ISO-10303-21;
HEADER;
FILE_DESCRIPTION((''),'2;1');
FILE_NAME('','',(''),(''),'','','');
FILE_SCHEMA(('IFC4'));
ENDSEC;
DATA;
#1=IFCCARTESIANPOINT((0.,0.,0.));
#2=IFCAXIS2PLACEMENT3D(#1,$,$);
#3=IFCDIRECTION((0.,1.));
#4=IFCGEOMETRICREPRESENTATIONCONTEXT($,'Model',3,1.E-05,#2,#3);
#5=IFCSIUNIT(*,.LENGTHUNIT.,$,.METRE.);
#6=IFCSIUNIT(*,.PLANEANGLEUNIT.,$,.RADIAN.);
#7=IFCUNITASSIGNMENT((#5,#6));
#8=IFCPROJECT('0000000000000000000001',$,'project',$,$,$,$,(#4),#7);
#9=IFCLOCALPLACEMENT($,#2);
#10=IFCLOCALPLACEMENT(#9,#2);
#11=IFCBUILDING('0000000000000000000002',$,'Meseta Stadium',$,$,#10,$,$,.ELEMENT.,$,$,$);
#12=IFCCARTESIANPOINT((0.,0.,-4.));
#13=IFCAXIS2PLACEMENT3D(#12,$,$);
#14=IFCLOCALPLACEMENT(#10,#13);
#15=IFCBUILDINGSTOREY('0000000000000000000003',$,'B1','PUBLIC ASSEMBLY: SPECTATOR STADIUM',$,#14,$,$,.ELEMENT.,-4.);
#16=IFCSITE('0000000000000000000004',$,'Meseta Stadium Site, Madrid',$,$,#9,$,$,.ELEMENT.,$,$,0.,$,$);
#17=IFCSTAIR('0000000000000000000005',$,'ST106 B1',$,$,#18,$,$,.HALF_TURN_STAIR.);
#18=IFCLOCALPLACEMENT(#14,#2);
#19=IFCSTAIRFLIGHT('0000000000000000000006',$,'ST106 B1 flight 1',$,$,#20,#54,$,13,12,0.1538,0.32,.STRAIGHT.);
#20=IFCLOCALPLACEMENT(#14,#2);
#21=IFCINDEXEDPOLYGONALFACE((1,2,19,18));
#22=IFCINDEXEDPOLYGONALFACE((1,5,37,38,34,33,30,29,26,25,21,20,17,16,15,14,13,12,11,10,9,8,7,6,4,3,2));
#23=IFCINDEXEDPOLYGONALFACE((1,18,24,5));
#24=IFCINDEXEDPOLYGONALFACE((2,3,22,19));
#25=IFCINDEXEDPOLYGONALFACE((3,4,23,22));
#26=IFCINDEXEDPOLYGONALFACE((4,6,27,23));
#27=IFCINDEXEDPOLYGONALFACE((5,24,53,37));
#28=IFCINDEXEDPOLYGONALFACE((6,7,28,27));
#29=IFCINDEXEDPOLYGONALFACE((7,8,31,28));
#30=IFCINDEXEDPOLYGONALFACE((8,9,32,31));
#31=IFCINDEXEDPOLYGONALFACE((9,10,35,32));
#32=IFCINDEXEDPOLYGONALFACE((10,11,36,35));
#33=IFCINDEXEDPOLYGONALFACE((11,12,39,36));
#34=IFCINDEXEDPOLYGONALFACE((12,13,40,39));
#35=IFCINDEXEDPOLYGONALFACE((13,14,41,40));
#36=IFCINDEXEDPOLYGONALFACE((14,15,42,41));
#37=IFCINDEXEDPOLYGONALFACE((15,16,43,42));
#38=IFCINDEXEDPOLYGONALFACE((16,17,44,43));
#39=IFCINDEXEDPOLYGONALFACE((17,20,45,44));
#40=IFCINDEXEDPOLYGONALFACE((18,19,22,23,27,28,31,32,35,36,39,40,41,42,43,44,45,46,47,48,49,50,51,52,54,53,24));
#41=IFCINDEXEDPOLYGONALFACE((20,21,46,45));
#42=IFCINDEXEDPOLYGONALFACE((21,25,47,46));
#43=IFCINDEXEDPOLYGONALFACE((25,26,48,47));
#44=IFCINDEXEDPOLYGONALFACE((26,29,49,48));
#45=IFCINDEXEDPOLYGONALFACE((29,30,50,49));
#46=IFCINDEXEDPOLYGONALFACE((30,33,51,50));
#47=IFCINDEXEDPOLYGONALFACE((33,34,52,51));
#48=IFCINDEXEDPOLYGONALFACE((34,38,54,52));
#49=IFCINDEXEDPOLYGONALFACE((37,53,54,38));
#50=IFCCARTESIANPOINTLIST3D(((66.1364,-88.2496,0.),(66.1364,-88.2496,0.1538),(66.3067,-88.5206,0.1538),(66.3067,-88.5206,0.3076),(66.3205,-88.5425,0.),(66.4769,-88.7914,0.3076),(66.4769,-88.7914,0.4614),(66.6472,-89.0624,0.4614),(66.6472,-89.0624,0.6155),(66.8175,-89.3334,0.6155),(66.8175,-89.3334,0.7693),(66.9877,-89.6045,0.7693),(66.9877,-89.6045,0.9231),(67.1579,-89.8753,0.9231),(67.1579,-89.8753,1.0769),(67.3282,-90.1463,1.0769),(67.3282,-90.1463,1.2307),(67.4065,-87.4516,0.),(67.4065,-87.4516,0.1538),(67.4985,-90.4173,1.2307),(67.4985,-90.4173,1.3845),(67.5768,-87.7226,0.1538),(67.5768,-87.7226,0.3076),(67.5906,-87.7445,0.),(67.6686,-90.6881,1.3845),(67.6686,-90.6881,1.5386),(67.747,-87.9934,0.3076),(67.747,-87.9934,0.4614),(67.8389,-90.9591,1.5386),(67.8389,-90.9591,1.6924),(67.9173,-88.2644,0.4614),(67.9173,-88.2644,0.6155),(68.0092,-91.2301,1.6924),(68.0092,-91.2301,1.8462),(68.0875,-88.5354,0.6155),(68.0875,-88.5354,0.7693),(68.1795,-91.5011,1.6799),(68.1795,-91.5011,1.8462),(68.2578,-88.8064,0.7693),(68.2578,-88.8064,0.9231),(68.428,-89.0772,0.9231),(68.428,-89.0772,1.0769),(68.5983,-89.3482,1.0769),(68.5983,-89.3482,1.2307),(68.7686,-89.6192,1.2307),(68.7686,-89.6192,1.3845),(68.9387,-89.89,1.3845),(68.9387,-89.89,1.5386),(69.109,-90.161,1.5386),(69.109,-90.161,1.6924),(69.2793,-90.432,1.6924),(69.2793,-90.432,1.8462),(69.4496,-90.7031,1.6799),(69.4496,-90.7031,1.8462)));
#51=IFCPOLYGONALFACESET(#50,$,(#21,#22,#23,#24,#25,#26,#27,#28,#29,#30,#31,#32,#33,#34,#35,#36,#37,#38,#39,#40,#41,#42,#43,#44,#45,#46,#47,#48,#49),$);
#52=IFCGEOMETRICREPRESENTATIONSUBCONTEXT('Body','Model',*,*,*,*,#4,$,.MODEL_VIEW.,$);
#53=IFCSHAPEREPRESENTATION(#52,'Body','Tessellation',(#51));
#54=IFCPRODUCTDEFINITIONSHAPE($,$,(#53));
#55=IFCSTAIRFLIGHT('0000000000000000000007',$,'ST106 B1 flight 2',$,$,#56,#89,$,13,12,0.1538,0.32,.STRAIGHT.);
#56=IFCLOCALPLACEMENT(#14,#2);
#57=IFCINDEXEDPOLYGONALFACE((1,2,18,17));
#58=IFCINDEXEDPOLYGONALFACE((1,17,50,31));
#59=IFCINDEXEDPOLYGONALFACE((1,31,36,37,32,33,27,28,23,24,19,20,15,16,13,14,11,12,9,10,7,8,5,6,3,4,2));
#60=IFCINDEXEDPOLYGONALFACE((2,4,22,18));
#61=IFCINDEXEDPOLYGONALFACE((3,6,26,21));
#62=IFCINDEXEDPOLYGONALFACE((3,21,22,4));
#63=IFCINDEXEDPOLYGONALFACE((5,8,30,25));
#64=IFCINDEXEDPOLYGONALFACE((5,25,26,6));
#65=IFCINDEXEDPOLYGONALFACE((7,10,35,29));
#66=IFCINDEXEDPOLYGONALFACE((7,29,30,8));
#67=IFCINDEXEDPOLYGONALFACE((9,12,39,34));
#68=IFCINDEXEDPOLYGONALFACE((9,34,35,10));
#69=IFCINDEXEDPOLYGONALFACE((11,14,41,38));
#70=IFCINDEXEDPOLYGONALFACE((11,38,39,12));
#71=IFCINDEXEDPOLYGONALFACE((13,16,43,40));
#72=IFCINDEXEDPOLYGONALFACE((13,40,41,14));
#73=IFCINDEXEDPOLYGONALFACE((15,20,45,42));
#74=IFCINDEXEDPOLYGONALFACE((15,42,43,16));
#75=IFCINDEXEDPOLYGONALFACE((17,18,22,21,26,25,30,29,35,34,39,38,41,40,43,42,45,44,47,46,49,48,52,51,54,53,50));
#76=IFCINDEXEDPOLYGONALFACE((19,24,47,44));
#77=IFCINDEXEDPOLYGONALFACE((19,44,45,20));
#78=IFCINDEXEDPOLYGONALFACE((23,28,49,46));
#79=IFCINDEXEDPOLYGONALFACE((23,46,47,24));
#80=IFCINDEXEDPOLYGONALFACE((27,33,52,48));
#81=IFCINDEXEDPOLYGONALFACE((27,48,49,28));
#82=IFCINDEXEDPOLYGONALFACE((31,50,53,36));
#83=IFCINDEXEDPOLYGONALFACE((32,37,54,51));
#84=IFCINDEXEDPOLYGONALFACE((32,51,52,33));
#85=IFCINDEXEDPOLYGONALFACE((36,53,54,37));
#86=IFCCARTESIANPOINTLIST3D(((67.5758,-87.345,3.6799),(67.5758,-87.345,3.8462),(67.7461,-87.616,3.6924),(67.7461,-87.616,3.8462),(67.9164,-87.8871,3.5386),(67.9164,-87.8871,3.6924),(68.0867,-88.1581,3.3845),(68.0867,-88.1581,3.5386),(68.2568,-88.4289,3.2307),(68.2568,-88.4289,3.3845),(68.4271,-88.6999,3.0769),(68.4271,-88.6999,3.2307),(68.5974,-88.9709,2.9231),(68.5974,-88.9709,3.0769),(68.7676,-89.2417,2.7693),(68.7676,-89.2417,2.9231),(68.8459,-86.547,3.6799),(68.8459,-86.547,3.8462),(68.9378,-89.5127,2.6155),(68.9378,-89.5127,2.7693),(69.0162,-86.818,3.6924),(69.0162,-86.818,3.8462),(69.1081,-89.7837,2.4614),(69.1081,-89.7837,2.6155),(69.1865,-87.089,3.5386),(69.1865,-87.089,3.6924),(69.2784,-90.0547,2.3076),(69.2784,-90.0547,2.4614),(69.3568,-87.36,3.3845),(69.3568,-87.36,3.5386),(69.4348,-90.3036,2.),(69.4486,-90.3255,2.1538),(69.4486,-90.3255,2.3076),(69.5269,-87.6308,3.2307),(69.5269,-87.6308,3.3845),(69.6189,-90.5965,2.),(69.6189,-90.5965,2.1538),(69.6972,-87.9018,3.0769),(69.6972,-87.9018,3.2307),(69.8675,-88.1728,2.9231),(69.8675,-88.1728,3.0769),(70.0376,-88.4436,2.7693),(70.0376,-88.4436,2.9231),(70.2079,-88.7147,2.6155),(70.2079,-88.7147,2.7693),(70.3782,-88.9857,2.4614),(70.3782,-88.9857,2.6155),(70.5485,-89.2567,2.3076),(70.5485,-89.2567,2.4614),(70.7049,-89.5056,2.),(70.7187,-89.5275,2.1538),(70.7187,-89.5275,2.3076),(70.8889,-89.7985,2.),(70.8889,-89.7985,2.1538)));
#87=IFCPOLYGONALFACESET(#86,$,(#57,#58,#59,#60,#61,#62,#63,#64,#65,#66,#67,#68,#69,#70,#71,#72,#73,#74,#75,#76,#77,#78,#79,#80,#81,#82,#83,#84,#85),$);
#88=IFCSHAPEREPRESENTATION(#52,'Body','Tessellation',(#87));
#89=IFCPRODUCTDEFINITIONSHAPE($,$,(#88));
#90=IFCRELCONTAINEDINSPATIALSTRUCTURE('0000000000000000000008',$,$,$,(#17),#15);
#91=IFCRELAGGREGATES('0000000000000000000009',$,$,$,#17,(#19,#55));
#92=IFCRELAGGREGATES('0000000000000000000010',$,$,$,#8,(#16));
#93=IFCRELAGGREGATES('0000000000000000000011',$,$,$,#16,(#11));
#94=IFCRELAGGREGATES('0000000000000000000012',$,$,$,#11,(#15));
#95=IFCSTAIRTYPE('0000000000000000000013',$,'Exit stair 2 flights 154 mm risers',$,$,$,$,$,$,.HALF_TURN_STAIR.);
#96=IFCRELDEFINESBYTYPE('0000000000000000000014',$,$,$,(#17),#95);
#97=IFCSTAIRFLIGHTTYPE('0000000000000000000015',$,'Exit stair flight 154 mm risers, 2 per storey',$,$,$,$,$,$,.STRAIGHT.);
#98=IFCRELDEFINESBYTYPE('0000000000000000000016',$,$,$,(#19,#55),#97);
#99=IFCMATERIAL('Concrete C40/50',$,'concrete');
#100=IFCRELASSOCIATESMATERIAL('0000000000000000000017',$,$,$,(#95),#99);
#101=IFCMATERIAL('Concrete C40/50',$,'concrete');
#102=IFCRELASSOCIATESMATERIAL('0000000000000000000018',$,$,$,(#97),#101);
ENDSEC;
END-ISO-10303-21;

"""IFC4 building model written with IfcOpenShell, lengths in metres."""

from ifc_helpers import new_model, si_unit, direction, frame, origin, place, context, subcontext, project, spatial, polyline, outline, extrude, material, type_object, element, aggregate, save


model = new_model("IFC4")

# Units and contexts
model_context = context("Model", 3, precision=1e-05, world=origin(), true_north=direction((0.0, 1.0)))
body_context = subcontext(model_context, "Body", "Model", "MODEL_VIEW")
ifc_project = project(units=[si_unit("LENGTHUNIT", "METRE"), si_unit("PLANEANGLEUNIT", "RADIAN")], contexts=[model_context])

# Site, building, storey
site_placement = place(None, origin())
site = spatial("IfcSite", under=ifc_project, at=site_placement, Name="Meseta Stadium Site, Madrid", CompositionType="ELEMENT", RefElevation=0.0)
building_placement = place(site_placement, origin())
building = spatial("IfcBuilding", under=site, at=building_placement, Name="Meseta Stadium", CompositionType="ELEMENT")
storey_placement = place(building_placement, frame((0.0, 0.0, -4.0)))
storey = spatial("IfcBuildingStorey", under=building, at=storey_placement, Name="B1", Description="PUBLIC ASSEMBLY: SPECTATOR STADIUM", CompositionType="ELEMENT", Elevation=-4.0)

# Shared definitions
ifc_material_1 = material(Name="Concrete C40/50", Category="concrete")
stair_type = type_object("IfcStairType", Name="Exit stair 2 flights 154 mm risers", PredefinedType="HALF_TURN_STAIR", material=ifc_material_1)
ifc_material_2 = material(Name="Concrete C40/50", Category="concrete")
stair_flight_type = type_object("IfcStairFlightType", Name="Exit stair flight 154 mm risers, 2 per storey", PredefinedType="STRAIGHT", material=ifc_material_2)

# Stair, stair flights
stair_1_placement = place(storey_placement, origin())
stair_1 = element("IfcStair", 1, at=stair_1_placement, inside=storey, type_object=stair_type, Name="ST106 B1", PredefinedType="HALF_TURN_STAIR")
stair_flight_1_placement = place(storey_placement, frame((66.7715, -87.8506, 0.0), z_axis=(0.0, 0.0, 1.0), x_axis=(0.532032, -0.846724, 0.0)))
stair_flight_1 = element("IfcStairFlight", 2, at=stair_flight_1_placement, type_object=stair_flight_type, Name="ST106 B1 flight 1", NumberOfRisers=13, NumberOfTreads=12, PredefinedType="STRAIGHT", RiserHeight=0.1538, TreadLength=0.32, context=body_context, shape_type="SweptSolid", body=[
    extrude(outline(polyline([(0.0, 0.0), (0.0, 0.1538), (0.3201, 0.1538), (0.3201, 0.3076), (0.6399, 0.3076), (0.6399, 0.4614), (0.96, 0.4614), (0.96, 0.6155), (1.28, 0.6155), (1.28, 0.7693), (1.6001, 0.7693), (1.6001, 0.9231), (1.9199, 0.9231), (1.9199, 1.0769), (2.24, 1.0769), (2.24, 1.2307), (2.5601, 1.2307), (2.5601, 1.3845), (2.8799, 1.3845), (2.8799, 1.5386), (3.2, 1.5386), (3.2, 1.6924), (3.52, 1.6924), (3.52, 1.8462), (3.8401, 1.8462), (3.8401, 1.6799), (0.3459, 0.0), (0.0, 0.0)])), frame((0.0, 0.75, 0.0), z_axis=(0.0, -1.0, 0.0), x_axis=(1.0, 0.0, 0.0)), (0.0, 0.0, 1.0), 1.5),
])
stair_flight_2_placement = place(storey_placement, frame((70.2539, -90.1975, 2.0), z_axis=(0.0, 0.0, 1.0), x_axis=(-0.532032, 0.846724, 0.0)))
stair_flight_2 = element("IfcStairFlight", 3, at=stair_flight_2_placement, type_object=stair_flight_type, Name="ST106 B1 flight 2", NumberOfRisers=13, NumberOfTreads=12, PredefinedType="STRAIGHT", RiserHeight=0.1538, TreadLength=0.32, context=body_context, shape_type="SweptSolid", body=[
    extrude(outline(polyline([(0.0, 0.0), (0.0, 0.1538), (0.3201, 0.1538), (0.3201, 0.3076), (0.6399, 0.3076), (0.6399, 0.4614), (0.96, 0.4614), (0.96, 0.6155), (1.28, 0.6155), (1.28, 0.7693), (1.6001, 0.7693), (1.6001, 0.9231), (1.9199, 0.9231), (1.9199, 1.0769), (2.24, 1.0769), (2.24, 1.2307), (2.5601, 1.2307), (2.5601, 1.3845), (2.8799, 1.3845), (2.8799, 1.5386), (3.2, 1.5386), (3.2, 1.6924), (3.52, 1.6924), (3.52, 1.8462), (3.8401, 1.8462), (3.8401, 1.6799), (0.3459, 0.0), (0.0, 0.0)])), frame((0.0, 0.75, 0.0), z_axis=(0.0, -1.0, 0.0), x_axis=(1.0, 0.0, 0.0)), (0.0, 0.0, 1.0), 1.5),
])
aggregate(stair_1, [stair_flight_1, stair_flight_2])

save(model, "model.ifc")
